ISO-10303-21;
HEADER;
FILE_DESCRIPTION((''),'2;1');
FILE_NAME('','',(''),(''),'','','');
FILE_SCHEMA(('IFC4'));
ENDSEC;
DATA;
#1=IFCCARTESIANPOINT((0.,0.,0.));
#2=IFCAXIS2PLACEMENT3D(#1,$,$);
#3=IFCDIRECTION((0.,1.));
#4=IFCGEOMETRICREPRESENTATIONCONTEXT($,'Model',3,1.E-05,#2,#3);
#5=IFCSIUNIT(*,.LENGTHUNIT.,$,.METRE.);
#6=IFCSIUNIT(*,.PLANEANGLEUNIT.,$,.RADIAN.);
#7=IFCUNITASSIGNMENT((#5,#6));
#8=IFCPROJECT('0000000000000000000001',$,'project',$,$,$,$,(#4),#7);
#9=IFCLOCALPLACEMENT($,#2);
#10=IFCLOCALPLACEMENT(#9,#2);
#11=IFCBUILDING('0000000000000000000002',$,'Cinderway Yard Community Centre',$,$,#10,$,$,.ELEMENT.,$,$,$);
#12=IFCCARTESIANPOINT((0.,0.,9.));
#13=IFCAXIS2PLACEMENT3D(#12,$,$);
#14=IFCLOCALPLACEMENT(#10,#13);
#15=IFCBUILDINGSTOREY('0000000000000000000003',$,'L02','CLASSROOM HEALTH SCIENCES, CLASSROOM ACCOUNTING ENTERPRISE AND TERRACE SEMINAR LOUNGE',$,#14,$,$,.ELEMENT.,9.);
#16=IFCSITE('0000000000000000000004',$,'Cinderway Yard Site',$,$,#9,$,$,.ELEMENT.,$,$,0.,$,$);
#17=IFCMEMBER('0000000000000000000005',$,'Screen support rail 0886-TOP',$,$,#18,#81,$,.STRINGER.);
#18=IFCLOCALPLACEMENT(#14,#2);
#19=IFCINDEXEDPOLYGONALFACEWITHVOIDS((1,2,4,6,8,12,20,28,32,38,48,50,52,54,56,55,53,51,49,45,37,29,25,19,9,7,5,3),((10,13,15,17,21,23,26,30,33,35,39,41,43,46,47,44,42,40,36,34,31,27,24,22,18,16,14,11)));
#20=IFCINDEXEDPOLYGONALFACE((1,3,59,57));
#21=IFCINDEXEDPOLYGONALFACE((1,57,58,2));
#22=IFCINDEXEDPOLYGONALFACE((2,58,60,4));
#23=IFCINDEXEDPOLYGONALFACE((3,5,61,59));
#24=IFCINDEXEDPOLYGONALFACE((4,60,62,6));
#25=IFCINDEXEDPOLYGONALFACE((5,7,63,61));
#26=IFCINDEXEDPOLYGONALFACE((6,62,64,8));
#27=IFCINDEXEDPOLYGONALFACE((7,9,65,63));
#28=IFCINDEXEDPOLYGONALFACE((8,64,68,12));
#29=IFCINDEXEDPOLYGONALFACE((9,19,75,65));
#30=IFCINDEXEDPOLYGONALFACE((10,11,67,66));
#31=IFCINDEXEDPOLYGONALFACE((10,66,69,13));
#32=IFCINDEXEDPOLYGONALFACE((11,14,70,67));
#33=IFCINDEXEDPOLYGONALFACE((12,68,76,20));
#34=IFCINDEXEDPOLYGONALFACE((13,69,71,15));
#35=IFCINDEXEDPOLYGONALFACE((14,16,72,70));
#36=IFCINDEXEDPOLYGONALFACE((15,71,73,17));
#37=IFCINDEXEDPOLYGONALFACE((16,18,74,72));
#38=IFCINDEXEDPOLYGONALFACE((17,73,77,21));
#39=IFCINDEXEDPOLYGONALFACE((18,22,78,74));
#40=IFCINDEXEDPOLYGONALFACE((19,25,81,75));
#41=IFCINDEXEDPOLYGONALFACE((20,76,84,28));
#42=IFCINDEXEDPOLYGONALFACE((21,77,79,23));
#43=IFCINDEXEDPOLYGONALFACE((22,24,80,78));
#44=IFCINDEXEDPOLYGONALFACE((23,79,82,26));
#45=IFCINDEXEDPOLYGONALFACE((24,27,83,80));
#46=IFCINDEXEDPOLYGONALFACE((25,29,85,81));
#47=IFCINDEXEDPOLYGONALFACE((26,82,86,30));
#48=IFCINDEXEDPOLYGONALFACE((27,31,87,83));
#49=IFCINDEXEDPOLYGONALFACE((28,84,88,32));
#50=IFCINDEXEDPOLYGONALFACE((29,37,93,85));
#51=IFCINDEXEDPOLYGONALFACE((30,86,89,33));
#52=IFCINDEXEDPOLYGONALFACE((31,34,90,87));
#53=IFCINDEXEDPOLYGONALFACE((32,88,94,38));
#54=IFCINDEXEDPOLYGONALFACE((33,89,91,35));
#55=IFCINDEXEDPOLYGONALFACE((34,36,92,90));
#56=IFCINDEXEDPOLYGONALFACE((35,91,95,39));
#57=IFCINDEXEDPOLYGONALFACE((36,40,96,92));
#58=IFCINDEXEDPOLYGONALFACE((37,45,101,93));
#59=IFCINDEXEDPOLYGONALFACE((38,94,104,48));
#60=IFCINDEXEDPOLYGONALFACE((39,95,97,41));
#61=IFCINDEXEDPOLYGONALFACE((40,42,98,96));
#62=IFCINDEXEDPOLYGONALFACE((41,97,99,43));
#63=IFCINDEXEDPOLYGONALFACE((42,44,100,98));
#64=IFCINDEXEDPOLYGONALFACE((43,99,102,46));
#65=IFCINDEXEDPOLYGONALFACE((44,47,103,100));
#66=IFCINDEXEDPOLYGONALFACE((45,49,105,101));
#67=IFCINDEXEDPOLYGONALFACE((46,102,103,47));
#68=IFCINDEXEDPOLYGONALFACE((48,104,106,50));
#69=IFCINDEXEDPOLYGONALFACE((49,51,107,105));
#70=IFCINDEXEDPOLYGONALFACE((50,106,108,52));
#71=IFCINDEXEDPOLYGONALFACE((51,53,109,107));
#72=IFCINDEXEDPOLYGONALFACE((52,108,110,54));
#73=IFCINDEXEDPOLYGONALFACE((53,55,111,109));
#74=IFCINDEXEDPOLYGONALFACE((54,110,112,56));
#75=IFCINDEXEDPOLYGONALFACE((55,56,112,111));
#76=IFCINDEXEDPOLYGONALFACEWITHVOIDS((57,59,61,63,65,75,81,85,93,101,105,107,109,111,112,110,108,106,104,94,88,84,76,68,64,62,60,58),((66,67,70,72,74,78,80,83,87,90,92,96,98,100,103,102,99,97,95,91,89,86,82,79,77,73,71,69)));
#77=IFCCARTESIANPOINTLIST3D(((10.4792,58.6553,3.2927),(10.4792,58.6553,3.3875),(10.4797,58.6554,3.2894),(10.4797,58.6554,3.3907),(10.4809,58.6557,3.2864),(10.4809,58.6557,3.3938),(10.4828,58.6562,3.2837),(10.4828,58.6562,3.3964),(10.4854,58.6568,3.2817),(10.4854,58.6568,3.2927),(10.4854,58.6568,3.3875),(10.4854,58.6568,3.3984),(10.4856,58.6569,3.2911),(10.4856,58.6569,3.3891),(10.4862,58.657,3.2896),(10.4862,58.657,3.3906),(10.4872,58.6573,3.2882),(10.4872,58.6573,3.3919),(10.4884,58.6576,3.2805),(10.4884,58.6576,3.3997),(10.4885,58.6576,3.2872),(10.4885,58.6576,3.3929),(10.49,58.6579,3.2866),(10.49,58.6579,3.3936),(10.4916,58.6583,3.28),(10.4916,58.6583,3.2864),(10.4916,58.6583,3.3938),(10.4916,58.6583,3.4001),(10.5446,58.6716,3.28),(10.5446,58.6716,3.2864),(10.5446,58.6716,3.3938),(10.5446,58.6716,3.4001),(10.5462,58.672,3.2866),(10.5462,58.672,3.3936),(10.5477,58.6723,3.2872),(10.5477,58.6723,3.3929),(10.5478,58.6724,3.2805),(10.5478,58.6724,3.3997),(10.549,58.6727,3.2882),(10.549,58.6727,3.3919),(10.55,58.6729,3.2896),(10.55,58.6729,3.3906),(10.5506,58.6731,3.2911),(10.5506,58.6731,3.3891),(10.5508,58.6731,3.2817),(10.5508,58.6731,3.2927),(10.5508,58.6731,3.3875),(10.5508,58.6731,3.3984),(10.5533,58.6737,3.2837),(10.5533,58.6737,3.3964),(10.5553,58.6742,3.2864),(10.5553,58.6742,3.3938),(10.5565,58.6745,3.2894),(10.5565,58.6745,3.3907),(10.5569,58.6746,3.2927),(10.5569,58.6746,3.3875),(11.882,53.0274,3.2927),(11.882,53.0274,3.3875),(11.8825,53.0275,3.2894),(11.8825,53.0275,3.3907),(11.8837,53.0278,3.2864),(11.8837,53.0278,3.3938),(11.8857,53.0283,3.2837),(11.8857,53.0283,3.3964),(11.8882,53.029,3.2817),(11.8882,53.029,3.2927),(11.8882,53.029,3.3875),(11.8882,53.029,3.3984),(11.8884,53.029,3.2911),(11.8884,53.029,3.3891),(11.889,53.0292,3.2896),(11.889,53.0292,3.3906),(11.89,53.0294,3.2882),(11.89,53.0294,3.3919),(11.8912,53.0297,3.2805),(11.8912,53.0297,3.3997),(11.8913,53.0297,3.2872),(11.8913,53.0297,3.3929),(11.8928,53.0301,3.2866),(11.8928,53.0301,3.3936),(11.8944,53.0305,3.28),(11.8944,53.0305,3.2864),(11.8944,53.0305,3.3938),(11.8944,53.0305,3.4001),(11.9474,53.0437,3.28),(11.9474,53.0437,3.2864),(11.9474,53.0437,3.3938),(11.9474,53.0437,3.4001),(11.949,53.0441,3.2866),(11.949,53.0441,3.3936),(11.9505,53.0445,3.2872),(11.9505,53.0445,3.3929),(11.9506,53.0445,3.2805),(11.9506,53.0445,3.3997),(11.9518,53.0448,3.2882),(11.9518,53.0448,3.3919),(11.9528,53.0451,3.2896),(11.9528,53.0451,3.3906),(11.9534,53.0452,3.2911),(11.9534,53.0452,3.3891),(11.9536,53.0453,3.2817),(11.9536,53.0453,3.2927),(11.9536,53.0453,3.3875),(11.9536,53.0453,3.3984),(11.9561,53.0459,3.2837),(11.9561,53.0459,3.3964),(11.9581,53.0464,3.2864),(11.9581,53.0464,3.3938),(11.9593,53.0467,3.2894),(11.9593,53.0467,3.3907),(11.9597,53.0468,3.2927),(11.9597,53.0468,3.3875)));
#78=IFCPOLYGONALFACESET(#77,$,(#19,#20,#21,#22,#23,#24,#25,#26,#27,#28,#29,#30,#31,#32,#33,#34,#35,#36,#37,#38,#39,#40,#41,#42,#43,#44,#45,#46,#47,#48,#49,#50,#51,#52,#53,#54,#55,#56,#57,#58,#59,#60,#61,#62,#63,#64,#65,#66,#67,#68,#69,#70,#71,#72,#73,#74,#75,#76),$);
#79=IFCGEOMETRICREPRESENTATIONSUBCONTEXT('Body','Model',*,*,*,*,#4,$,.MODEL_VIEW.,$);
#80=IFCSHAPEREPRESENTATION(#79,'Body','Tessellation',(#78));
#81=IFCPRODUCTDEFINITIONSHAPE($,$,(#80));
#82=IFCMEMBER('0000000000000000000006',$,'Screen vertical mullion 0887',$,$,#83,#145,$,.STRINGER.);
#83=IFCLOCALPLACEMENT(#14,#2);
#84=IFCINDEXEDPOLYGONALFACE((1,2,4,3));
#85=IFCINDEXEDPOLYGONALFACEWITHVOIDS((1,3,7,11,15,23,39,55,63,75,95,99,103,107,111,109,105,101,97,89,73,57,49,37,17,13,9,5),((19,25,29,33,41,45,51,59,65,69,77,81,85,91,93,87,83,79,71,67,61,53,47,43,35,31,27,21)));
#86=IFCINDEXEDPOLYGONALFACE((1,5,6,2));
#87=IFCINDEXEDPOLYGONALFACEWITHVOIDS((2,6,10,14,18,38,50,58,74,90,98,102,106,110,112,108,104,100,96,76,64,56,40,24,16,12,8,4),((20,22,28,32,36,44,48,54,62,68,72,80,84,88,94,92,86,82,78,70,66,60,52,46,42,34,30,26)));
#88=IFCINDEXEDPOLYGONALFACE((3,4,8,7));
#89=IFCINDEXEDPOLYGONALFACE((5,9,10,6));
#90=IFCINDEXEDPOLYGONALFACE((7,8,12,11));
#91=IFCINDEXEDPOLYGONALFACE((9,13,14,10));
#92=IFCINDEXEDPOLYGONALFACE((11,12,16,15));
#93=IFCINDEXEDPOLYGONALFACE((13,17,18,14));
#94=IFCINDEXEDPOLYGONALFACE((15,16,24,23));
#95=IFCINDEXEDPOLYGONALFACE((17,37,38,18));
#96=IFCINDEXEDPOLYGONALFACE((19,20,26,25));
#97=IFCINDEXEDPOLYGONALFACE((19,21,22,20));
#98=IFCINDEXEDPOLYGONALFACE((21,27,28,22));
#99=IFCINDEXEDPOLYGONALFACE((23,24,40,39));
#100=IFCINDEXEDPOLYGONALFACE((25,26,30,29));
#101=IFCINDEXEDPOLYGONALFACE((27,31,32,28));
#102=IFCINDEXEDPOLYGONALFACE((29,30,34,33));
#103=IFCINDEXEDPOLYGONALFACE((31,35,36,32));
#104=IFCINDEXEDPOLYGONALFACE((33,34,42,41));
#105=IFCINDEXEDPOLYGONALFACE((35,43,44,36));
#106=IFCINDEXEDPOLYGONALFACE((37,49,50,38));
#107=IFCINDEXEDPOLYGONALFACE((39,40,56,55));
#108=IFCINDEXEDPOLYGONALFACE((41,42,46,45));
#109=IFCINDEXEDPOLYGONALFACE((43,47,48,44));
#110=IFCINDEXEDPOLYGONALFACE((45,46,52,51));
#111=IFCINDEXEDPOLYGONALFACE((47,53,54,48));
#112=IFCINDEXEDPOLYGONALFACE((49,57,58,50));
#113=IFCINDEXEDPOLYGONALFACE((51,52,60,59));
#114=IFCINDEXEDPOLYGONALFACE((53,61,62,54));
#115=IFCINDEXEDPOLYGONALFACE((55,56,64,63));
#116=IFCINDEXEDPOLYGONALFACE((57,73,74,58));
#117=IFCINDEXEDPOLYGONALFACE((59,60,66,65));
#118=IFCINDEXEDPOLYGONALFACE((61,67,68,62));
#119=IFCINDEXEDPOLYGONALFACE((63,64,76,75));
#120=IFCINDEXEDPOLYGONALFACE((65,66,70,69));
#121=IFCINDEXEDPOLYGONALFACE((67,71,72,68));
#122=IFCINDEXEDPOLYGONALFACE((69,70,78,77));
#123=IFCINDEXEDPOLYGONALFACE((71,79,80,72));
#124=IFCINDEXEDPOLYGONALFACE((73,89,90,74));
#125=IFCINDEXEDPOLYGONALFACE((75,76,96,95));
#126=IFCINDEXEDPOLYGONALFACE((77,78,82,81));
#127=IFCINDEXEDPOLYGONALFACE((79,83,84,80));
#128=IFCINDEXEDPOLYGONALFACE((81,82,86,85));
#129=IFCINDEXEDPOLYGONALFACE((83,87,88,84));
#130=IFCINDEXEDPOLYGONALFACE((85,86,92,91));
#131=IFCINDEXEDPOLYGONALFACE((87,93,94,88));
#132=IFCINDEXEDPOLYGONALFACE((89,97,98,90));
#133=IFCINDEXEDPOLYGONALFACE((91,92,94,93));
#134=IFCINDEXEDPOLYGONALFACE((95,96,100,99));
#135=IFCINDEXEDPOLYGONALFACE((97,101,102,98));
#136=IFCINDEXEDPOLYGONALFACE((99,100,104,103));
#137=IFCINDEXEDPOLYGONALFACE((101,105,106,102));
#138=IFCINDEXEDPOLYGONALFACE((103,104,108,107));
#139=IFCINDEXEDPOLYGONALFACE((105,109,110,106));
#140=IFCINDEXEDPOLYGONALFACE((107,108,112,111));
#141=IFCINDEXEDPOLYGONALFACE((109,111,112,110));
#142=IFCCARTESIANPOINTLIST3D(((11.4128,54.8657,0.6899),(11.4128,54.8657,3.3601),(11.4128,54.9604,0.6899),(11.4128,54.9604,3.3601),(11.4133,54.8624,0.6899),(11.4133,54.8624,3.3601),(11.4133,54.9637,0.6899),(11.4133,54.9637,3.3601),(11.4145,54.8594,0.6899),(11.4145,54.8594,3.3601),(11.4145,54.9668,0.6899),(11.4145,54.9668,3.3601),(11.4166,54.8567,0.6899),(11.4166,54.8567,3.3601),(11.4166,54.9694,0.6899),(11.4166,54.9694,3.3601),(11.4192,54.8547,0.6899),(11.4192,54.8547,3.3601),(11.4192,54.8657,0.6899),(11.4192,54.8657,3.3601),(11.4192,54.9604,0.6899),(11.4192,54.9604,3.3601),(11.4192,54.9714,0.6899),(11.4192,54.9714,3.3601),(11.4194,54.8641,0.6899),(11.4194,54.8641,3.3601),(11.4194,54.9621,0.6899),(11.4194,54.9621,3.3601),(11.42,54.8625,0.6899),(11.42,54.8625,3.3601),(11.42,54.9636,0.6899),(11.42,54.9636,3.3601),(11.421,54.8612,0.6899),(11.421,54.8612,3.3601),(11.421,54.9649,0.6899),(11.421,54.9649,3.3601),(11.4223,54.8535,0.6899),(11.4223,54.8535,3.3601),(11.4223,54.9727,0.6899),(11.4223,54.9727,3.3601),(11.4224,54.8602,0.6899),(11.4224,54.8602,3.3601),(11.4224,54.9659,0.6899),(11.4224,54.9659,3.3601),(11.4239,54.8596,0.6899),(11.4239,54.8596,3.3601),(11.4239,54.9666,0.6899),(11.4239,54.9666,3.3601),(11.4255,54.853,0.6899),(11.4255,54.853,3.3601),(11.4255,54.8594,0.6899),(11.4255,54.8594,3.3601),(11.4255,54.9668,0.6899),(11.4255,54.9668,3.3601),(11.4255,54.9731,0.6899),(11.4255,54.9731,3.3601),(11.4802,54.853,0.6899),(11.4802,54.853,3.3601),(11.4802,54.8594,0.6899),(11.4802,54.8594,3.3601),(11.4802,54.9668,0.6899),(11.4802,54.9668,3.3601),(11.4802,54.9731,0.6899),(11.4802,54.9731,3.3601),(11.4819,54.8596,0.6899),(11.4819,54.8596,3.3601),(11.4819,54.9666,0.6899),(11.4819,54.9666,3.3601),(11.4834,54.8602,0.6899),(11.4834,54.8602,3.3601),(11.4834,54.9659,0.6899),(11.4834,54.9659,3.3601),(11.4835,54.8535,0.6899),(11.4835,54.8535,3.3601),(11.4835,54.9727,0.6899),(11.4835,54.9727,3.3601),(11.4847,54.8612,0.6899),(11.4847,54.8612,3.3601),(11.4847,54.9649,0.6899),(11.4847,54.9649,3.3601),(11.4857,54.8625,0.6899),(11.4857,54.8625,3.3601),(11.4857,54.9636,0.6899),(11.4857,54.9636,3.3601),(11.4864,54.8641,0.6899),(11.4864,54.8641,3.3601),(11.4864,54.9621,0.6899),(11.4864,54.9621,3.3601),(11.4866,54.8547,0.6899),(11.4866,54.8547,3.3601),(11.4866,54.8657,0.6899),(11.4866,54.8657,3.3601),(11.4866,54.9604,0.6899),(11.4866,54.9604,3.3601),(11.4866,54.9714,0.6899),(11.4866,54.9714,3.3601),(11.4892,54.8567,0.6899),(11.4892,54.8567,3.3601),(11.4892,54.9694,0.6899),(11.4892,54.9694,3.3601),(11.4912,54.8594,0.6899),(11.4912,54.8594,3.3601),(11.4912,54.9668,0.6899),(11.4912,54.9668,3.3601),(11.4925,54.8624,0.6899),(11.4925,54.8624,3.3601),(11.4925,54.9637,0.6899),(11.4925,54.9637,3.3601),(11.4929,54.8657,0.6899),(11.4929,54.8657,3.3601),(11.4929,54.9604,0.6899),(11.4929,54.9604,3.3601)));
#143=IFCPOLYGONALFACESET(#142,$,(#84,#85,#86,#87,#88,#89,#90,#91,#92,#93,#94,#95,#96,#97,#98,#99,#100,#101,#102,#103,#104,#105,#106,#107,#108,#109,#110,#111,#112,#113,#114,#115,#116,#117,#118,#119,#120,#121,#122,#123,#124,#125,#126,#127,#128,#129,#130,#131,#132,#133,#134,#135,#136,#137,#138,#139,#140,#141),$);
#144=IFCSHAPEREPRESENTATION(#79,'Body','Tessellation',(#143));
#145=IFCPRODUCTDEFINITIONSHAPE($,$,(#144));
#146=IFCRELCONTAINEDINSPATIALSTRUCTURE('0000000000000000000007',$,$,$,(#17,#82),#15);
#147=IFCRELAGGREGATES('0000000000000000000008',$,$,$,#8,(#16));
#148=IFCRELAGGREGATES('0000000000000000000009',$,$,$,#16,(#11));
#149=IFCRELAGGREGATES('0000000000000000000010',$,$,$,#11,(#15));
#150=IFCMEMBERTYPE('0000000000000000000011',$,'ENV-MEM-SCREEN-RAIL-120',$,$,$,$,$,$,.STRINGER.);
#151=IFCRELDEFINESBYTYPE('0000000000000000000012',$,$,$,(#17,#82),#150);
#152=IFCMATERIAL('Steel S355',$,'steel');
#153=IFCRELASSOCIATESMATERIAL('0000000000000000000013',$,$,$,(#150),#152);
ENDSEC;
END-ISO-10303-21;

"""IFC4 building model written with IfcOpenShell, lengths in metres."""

from ifc_helpers import new_model, si_unit, direction, frame, origin, origin_2d, place, context, subcontext, project, spatial, hollow_rectangle, extrude, material, material_profile, profile_set, type_object, element, save


model = new_model("IFC4")

# Units and contexts
model_context = context("Model", 3, precision=1e-05, world=origin(), true_north=direction((0.0, 1.0)))
body_context = subcontext(model_context, "Body", "Model", "MODEL_VIEW")
ifc_project = project(units=[si_unit("LENGTHUNIT", "METRE"), si_unit("PLANEANGLEUNIT", "RADIAN")], contexts=[model_context])

# Site, building, storey
site_placement = place(None, origin())
site = spatial("IfcSite", under=ifc_project, at=site_placement, Name="Cinderway Yard Site", CompositionType="ELEMENT", RefElevation=0.0)
building_placement = place(site_placement, origin())
building = spatial("IfcBuilding", under=site, at=building_placement, Name="Cinderway Yard Community Centre", CompositionType="ELEMENT")
storey_placement = place(building_placement, frame((0.0, 0.0, 9.0)))
storey = spatial("IfcBuildingStorey", under=building, at=storey_placement, Name="L02", Description="CLASSROOM HEALTH SCIENCES, CLASSROOM ACCOUNTING ENTERPRISE AND TERRACE SEMINAR LOUNGE", CompositionType="ELEMENT", Elevation=9.0)

# Members
ifc_material_1 = material(Name="Steel S355", Category="steel")
ifc_material_profile_1 = material_profile(ifc_material_1, hollow_rectangle(XDim=0.0801, YDim=0.1201, WallThickness=0.0063, InnerFilletRadius=0.0063, OuterFilletRadius=0.0127, at=origin_2d()), Name="Steel S355")
ifc_profile_set_1 = profile_set([ifc_material_profile_1], Name="Steel S355")
member_type_1 = type_object("IfcMemberType", Name="ENV-MEM-SCREEN-RAIL-120", PredefinedType="STRINGER", material=ifc_profile_set_1)
for number, where, z_axis, x_axis, name in (
    (1, (11.9209, 53.0371, 3.3401), (-0.241862, 0.970311, 0.0), (-0.970311, -0.241862, 0.0), "Screen support rail 0886-TOP"),
):
    element("IfcMember", number, at=place(storey_placement, frame(where, z_axis=z_axis, x_axis=x_axis)), inside=storey, type_object=member_type_1, Name=name, PredefinedType="STRINGER", context=body_context, shape_type="SweptSolid", body=[
        extrude(hollow_rectangle(XDim=0.0801, YDim=0.1201, WallThickness=0.0063, InnerFilletRadius=0.0063, OuterFilletRadius=0.0127, at=origin_2d()), origin(), (0.0, 0.0, 1.0), 5.8),
    ])
for number, where, z_axis, x_axis, name in (
    (2, (11.4529, 54.9131, 0.6899), (0.0, 0.0, 1.0), (1.0, 0.0, 0.0), "Screen vertical mullion 0887"),
):
    element("IfcMember", number, at=place(storey_placement, frame(where, z_axis=z_axis, x_axis=x_axis)), inside=storey, type_object=member_type_1, Name=name, PredefinedType="STRINGER", context=body_context, shape_type="SweptSolid", body=[
        extrude(hollow_rectangle(XDim=0.0801, YDim=0.1201, WallThickness=0.0063, InnerFilletRadius=0.0063, OuterFilletRadius=0.0127, at=origin_2d()), origin(), (0.0, 0.0, 1.0), 2.6702),
    ])

save(model, "model.ifc")
